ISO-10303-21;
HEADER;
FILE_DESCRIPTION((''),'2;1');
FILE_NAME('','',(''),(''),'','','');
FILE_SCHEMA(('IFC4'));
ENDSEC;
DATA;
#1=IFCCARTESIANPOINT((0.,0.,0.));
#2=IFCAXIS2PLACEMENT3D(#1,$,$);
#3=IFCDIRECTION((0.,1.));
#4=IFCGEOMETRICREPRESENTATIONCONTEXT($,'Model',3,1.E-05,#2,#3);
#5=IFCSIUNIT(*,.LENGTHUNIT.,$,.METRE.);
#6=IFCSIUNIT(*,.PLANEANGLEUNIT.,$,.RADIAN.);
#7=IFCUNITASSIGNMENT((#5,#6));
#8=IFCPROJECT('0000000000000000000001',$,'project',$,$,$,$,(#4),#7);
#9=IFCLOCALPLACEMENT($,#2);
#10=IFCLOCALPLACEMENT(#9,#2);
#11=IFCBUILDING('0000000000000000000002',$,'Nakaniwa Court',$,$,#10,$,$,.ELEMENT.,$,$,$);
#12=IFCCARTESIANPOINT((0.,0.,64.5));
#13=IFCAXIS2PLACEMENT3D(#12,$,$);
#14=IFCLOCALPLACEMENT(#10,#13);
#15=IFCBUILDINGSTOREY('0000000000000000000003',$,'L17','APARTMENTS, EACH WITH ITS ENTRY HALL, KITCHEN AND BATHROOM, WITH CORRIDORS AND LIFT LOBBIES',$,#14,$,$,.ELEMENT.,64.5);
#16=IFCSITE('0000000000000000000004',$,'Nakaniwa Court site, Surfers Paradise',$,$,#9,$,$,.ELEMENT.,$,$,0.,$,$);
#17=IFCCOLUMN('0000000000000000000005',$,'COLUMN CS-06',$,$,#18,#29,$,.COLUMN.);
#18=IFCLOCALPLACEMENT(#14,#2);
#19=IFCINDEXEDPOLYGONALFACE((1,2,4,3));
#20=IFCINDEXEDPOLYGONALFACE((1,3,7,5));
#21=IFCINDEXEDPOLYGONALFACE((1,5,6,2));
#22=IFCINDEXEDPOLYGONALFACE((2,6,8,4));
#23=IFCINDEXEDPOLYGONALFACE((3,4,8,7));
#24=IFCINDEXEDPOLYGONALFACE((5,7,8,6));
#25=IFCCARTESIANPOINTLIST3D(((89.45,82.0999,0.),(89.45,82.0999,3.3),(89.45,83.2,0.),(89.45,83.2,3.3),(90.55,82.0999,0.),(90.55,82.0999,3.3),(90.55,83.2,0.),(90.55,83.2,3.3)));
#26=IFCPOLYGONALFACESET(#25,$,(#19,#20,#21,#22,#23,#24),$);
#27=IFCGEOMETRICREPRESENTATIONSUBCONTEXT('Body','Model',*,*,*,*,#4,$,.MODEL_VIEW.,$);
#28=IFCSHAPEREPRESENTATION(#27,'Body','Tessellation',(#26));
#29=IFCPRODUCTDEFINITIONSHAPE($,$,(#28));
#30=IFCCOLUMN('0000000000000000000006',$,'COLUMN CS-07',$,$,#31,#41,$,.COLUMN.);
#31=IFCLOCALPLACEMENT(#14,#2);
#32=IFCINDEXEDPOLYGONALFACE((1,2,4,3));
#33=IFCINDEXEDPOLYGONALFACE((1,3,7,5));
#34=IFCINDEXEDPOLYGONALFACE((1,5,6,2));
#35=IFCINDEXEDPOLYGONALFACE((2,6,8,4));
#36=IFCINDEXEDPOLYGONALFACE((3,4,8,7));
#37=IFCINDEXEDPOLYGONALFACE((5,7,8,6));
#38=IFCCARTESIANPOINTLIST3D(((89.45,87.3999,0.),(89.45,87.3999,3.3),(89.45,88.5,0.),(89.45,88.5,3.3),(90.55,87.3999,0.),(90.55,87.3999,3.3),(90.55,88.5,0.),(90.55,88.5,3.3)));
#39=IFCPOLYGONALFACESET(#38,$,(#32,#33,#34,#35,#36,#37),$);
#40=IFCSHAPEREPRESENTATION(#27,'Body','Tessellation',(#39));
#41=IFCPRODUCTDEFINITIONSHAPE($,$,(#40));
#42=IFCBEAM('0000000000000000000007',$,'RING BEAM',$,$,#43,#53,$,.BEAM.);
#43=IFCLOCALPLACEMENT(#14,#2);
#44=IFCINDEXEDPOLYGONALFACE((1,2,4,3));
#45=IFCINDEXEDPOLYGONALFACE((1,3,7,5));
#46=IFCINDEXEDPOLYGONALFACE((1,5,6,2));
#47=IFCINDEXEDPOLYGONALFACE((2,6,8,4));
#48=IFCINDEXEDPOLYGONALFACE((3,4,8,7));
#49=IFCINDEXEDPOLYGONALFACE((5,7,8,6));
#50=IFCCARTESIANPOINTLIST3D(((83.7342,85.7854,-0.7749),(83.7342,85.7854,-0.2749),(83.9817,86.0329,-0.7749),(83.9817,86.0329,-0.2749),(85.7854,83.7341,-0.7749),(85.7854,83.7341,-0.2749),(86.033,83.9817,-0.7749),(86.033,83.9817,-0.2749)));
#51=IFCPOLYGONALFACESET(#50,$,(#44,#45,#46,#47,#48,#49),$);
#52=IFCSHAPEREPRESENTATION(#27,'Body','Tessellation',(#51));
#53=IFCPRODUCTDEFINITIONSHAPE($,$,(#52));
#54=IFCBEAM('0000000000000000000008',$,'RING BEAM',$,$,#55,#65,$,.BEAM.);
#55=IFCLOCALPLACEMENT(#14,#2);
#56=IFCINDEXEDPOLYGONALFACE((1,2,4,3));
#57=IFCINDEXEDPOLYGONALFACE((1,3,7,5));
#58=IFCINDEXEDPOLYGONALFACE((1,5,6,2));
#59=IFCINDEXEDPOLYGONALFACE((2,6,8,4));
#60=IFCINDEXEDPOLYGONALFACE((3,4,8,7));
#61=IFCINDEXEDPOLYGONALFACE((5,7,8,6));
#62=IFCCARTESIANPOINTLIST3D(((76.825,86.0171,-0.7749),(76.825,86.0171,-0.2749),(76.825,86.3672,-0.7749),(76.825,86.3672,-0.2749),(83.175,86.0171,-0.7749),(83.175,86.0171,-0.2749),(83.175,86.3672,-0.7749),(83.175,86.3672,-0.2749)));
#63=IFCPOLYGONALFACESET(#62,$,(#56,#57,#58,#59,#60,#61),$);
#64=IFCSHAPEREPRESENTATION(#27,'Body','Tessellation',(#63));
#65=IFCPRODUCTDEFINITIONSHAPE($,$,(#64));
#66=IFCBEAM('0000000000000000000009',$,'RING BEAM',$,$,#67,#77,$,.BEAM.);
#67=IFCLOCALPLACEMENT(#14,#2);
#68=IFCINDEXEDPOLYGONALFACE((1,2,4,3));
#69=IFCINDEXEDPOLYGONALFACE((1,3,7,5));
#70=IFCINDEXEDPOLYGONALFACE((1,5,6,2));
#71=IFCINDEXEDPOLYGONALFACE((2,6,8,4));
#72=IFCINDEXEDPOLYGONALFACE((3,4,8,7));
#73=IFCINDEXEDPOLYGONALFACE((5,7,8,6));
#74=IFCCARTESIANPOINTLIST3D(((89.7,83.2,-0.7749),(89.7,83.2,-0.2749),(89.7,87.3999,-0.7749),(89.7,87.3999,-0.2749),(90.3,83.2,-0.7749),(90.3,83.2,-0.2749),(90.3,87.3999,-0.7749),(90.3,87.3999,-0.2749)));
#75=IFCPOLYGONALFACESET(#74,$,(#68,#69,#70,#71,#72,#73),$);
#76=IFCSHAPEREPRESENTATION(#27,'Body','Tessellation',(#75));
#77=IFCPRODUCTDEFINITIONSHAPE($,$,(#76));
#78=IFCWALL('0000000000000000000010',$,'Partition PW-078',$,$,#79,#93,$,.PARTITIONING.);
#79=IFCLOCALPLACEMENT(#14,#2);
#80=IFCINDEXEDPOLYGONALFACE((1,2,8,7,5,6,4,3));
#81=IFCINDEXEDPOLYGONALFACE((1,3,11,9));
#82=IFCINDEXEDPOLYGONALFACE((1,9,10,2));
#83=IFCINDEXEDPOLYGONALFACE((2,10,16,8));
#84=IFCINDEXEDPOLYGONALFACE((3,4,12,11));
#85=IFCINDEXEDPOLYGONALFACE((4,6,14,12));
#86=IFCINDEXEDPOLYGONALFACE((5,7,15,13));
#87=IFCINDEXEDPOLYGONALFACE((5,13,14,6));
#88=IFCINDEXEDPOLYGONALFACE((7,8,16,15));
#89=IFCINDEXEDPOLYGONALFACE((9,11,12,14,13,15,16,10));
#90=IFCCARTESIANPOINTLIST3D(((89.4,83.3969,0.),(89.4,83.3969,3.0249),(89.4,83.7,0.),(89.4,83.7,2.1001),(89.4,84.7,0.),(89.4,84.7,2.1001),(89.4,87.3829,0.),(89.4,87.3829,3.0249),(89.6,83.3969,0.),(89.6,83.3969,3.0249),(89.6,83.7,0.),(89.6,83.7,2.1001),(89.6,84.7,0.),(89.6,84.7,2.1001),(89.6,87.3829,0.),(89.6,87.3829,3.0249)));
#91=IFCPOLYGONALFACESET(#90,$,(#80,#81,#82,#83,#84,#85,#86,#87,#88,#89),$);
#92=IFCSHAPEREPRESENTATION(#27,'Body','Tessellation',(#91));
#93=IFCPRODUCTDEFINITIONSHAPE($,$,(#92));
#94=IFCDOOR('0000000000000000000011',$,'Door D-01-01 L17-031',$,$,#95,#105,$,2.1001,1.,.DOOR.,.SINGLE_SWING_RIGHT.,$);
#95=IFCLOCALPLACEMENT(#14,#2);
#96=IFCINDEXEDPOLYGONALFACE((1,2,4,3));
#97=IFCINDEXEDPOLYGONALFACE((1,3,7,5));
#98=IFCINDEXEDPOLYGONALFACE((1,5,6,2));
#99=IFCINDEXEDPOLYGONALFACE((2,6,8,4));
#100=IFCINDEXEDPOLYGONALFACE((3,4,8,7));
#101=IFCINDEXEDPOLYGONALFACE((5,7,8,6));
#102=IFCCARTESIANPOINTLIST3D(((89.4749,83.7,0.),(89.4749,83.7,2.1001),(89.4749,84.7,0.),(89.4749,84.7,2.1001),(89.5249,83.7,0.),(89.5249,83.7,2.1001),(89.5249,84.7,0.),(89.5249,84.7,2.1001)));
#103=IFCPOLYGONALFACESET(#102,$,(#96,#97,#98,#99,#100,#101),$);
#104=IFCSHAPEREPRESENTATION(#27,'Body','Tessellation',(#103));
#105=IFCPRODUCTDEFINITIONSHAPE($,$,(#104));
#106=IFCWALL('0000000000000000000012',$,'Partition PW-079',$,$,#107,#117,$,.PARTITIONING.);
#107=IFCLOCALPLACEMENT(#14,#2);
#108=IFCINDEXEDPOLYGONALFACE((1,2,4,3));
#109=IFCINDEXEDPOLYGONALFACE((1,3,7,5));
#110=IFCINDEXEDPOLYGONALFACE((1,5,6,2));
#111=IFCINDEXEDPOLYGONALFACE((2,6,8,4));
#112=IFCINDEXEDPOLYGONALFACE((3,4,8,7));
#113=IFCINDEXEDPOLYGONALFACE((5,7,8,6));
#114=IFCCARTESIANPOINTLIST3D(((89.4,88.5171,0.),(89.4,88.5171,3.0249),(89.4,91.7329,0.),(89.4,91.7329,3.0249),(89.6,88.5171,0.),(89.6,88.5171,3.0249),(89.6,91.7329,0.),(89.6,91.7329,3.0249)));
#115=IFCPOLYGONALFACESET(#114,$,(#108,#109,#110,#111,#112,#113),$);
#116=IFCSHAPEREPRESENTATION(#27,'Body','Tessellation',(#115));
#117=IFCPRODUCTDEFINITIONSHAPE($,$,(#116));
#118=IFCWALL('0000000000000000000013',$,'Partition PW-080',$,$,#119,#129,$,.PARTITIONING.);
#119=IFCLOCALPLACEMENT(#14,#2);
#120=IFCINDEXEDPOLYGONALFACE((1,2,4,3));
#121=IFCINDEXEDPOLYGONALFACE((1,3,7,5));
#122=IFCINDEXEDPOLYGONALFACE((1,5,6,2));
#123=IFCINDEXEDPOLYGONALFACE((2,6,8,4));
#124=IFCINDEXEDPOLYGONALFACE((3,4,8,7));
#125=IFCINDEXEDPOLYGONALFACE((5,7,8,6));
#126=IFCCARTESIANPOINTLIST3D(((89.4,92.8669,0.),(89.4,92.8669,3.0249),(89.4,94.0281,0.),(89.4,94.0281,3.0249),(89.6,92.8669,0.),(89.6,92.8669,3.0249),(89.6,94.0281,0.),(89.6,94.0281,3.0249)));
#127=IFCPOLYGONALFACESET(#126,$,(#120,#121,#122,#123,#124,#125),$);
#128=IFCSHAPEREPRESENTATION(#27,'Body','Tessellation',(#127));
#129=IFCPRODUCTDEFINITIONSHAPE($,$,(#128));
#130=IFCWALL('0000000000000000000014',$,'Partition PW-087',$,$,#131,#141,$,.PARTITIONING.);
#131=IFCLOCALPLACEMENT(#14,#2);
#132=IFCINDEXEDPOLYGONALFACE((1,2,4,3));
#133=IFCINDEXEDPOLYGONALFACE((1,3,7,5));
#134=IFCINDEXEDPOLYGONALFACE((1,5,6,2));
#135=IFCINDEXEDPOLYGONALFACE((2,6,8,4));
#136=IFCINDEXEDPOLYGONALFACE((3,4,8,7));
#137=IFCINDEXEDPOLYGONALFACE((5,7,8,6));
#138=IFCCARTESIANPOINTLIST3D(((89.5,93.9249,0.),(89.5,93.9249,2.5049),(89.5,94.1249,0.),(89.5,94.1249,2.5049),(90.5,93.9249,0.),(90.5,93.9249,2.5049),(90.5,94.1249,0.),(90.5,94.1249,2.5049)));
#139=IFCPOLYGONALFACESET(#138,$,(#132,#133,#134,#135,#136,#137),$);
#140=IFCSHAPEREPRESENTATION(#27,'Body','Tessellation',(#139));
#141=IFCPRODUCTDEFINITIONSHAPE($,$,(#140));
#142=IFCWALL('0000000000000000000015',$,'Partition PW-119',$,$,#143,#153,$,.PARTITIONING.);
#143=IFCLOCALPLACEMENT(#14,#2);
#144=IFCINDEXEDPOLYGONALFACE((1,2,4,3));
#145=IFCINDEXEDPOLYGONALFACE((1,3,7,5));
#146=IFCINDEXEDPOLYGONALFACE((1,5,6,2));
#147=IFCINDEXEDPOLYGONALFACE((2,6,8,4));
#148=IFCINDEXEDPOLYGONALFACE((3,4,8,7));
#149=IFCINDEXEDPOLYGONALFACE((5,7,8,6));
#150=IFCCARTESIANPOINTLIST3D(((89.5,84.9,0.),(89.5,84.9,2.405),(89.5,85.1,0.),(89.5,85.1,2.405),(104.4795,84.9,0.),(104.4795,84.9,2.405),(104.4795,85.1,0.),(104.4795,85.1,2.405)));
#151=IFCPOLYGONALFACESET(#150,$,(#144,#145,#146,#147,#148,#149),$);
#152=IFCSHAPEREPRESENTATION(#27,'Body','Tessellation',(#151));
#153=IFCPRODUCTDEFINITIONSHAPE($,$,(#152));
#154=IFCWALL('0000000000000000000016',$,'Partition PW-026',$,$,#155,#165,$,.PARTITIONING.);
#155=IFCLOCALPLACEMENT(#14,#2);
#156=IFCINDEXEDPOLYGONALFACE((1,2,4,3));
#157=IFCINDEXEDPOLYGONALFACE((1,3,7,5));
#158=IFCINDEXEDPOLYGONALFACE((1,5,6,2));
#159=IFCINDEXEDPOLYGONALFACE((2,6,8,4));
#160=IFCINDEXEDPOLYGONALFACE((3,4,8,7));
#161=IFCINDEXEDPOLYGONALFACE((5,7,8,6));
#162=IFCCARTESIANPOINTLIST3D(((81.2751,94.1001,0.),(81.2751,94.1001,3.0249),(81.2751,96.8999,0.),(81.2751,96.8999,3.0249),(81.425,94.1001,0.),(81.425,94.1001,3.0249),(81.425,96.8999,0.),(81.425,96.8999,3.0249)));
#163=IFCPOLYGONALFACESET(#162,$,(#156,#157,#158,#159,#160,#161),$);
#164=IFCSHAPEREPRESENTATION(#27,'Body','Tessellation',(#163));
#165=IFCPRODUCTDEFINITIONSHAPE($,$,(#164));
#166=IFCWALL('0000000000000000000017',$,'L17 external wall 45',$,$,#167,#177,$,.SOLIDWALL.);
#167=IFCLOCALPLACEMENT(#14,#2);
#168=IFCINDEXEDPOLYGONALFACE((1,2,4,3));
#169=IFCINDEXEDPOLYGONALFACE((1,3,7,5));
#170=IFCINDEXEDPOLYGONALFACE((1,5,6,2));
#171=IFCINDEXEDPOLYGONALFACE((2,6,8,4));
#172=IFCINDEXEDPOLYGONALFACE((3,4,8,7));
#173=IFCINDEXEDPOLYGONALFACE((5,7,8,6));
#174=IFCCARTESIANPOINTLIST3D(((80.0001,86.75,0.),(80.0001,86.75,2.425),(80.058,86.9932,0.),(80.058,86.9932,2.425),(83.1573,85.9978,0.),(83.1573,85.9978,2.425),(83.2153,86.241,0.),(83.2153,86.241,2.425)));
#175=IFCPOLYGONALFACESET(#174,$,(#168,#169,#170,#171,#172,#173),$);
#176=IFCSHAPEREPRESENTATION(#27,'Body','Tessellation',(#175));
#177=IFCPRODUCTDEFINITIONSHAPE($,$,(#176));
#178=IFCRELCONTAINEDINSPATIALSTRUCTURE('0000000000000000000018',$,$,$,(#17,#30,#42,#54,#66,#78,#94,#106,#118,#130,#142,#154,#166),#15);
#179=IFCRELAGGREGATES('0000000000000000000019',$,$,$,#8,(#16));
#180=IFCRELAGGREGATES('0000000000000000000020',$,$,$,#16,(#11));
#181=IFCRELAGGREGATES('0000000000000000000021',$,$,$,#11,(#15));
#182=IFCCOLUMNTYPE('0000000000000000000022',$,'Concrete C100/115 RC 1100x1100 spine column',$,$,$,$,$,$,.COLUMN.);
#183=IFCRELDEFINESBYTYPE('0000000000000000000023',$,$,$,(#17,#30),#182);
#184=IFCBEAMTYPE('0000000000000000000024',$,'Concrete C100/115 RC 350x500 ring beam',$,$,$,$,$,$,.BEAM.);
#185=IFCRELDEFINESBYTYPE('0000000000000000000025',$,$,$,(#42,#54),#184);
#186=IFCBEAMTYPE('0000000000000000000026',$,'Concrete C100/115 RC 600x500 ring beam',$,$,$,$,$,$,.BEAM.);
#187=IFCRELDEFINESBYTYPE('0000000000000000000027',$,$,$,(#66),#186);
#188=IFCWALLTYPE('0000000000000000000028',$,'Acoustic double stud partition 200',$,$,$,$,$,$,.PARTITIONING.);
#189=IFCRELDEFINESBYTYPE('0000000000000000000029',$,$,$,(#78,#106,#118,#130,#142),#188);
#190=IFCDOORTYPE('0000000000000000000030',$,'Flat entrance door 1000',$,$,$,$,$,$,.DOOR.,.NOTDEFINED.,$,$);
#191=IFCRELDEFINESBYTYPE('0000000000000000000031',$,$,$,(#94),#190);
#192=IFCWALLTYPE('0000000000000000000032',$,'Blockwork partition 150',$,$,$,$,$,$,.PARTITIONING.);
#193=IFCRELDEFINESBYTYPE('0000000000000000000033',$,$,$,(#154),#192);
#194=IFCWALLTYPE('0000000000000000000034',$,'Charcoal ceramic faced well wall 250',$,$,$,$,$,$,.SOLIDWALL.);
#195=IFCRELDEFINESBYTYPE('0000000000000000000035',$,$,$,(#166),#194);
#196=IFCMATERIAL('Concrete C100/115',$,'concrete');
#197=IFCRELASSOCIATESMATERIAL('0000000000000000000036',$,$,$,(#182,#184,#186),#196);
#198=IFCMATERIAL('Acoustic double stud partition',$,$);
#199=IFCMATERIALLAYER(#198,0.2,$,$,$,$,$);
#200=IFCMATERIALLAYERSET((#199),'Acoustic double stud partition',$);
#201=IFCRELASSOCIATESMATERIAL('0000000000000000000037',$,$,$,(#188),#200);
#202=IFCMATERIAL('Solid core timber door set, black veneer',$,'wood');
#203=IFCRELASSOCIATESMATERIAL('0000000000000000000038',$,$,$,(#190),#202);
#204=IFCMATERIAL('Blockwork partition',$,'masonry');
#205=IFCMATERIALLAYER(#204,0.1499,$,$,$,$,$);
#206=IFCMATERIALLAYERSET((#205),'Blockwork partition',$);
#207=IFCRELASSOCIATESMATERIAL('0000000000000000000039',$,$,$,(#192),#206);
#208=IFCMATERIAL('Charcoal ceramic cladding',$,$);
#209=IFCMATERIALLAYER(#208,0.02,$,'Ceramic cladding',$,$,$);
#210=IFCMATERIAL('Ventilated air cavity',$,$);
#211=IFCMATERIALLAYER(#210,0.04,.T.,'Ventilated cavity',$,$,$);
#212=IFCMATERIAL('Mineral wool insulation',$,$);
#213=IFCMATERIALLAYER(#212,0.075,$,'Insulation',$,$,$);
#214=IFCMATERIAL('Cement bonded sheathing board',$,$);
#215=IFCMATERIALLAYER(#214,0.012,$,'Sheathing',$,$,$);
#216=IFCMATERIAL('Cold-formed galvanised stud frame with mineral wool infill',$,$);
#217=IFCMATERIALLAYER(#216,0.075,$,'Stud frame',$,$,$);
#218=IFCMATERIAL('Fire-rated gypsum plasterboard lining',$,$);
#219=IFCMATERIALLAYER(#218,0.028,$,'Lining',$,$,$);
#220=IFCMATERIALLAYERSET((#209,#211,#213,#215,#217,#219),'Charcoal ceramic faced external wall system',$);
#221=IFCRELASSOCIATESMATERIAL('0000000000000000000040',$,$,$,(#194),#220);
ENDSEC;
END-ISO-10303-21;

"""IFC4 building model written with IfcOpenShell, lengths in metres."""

from ifc_helpers import new_model, si_unit, direction, frame, frame_2d, origin, origin_2d, place, context, subcontext, project, spatial, rectangle, extrude, material, layer, layer_set, material_profile, profile_set, type_object, element, fill, save


model = new_model("IFC4")

# Units and contexts
model_context = context("Model", 3, precision=1e-05, world=origin(), true_north=direction((0.0, 1.0)))
body_context = subcontext(model_context, "Body", "Model", "MODEL_VIEW")
ifc_project = project(units=[si_unit("LENGTHUNIT", "METRE"), si_unit("PLANEANGLEUNIT", "RADIAN")], contexts=[model_context])

# Site, building, storey
site_placement = place(None, origin())
site = spatial("IfcSite", under=ifc_project, at=site_placement, Name="Nakaniwa Court site, Surfers Paradise", CompositionType="ELEMENT", RefElevation=0.0)
building_placement = place(site_placement, origin())
building = spatial("IfcBuilding", under=site, at=building_placement, Name="Nakaniwa Court", CompositionType="ELEMENT")
storey_placement = place(building_placement, frame((0.0, 0.0, 64.5)))
storey = spatial("IfcBuildingStorey", under=building, at=storey_placement, Name="L17", Description="APARTMENTS, EACH WITH ITS ENTRY HALL, KITCHEN AND BATHROOM, WITH CORRIDORS AND LIFT LOBBIES", CompositionType="ELEMENT", Elevation=64.5)

# Columns
ifc_material_1 = material(Name="Concrete C100/115", Category="concrete")
ifc_material_profile_1 = material_profile(ifc_material_1, rectangle(XDim=1.1001, YDim=1.1001, at=origin_2d()), Name="Concrete C100/115 RC 1100x1100 spine column")
ifc_profile_set_1 = profile_set([ifc_material_profile_1], Name="Concrete C100/115")
column_type_1 = type_object("IfcColumnType", Name="Concrete C100/115 RC 1100x1100 spine column", PredefinedType="COLUMN", material=ifc_profile_set_1)
for number, where, z_axis, x_axis, name in (
    (1, (90.0, 82.6499, 0.0), (0.0, 0.0, 1.0), (0.0, 1.0, 0.0), "COLUMN CS-06"),
    (2, (90.0, 87.95, 0.0), (0.0, 0.0, 1.0), (0.0, 1.0, 0.0), "COLUMN CS-07"),
):
    element("IfcColumn", number, at=place(storey_placement, frame(where, z_axis=z_axis, x_axis=x_axis)), inside=storey, type_object=column_type_1, Name=name, PredefinedType="COLUMN", context=body_context, shape_type="SweptSolid", body=[
        extrude(rectangle(XDim=1.1001, YDim=1.1001, at=origin_2d()), origin(), (0.0, 0.0, 1.0), 3.3),
    ])

# Beams
ifc_material_profile_2 = material_profile(ifc_material_1, rectangle(XDim=0.3501, YDim=0.5, at=origin_2d()), Name="Concrete C100/115 RC 350x500 ring beam")
ifc_profile_set_2 = profile_set([ifc_material_profile_2], Name="Concrete C100/115")
beam_type_1 = type_object("IfcBeamType", Name="Concrete C100/115 RC 350x500 ring beam", PredefinedType="BEAM", material=ifc_profile_set_2)
beam_1_placement = place(storey_placement, frame((85.9092, 83.8579, -0.5249), z_axis=(-0.707107, 0.707107, 0.0), x_axis=(-0.707107, -0.707107, 0.0)))
element("IfcBeam", 3, at=beam_1_placement, inside=storey, type_object=beam_type_1, Name="RING BEAM", PredefinedType="BEAM", context=body_context, shape_type="SweptSolid", body=[
    extrude(rectangle(XDim=0.3501, YDim=0.5, at=origin_2d()), origin(), (0.0, 0.0, 1.0), 2.9009),
])
beam_2_placement = place(storey_placement, frame((83.175, 86.1921, -0.5249), z_axis=(-1.0, 0.0, 0.0), x_axis=(0.0, -1.0, 0.0)))
element("IfcBeam", 4, at=beam_2_placement, inside=storey, type_object=beam_type_1, Name="RING BEAM", PredefinedType="BEAM", context=body_context, shape_type="SweptSolid", body=[
    extrude(rectangle(XDim=0.3501, YDim=0.5, at=origin_2d()), origin(), (0.0, 0.0, 1.0), 6.3501),
])
ifc_material_profile_3 = material_profile(ifc_material_1, rectangle(XDim=0.6001, YDim=0.5, at=origin_2d()), Name="Concrete C100/115 RC 600x500 ring beam")
ifc_profile_set_3 = profile_set([ifc_material_profile_3], Name="Concrete C100/115")
beam_type_2 = type_object("IfcBeamType", Name="Concrete C100/115 RC 600x500 ring beam", PredefinedType="BEAM", material=ifc_profile_set_3)
beam_3_placement = place(storey_placement, frame((90.0, 83.2, -0.5249), z_axis=(0.0, 1.0, 0.0), x_axis=(-1.0, 0.0, 0.0)))
element("IfcBeam", 5, at=beam_3_placement, inside=storey, type_object=beam_type_2, Name="RING BEAM", PredefinedType="BEAM", context=body_context, shape_type="SweptSolid", body=[
    extrude(rectangle(XDim=0.6001, YDim=0.5, at=origin_2d()), origin(), (0.0, 0.0, 1.0), 4.2),
])

# Wall, opening, door
ifc_material_2 = material(Name="Acoustic double stud partition")
ifc_layer_1 = layer(ifc_material_2, 0.2)
ifc_layer_set_1 = layer_set([ifc_layer_1], Name="Acoustic double stud partition")
wall_type_1 = type_object("IfcWallType", Name="Acoustic double stud partition 200", PredefinedType="PARTITIONING", material=ifc_layer_set_1)
wall_1_placement = place(storey_placement, frame((89.5, 87.3831, 0.0), z_axis=(0.0, 0.0, 1.0), x_axis=(0.0, -1.0, 0.0)))
wall_1 = element("IfcWall", 6, at=wall_1_placement, inside=storey, type_object=wall_type_1, Name="Partition PW-078", PredefinedType="PARTITIONING", context=body_context, shape_type="SweptSolid", body=[
    extrude(rectangle(XDim=3.9861, YDim=0.2, at=frame_2d((1.9932, 0.0))), origin(), (0.0, 0.0, 1.0), 3.0249),
])
opening_1_placement = place(wall_1_placement, frame((2.6831, 0.0, 0.0)))
opening_1 = element("IfcOpeningElement", 7, at=opening_1_placement, cuts=wall_1, PredefinedType="OPENING", context=body_context, shape_type="SweptSolid", body=[
    extrude(rectangle(XDim=1.0, YDim=2.1001, at=frame_2d((0.5, 1.05))), frame((0.0, 0.1099, 0.0), z_axis=(0.0, -1.0, 0.0), x_axis=(1.0, 0.0, 0.0)), (0.0, 0.0, 1.0), 0.22),
])
ifc_material_3 = material(Name="Solid core timber door set, black veneer", Category="wood")
door_type_1 = type_object("IfcDoorType", Name="Flat entrance door 1000", OperationType="NOTDEFINED", PredefinedType="DOOR", material=ifc_material_3)
door_1_placement = place(opening_1_placement, origin())
door_1 = element("IfcDoor", 8, at=door_1_placement, inside=storey, type_object=door_type_1, Name="Door D-01-01 L17-031", OperationType="SINGLE_SWING_RIGHT", OverallHeight=2.1001, OverallWidth=1.0, PredefinedType="DOOR", context=body_context, shape_type="SweptSolid", body=[
    extrude(rectangle(XDim=1.0, YDim=2.1001, at=frame_2d((0.5, 1.05))), frame((0.0, 0.0249, 0.0), z_axis=(0.0, -1.0, 0.0), x_axis=(1.0, 0.0, 0.0)), (0.0, 0.0, 1.0), 0.05),
])
fill(opening_1, door_1)

# Walls
wall_2_placement = place(storey_placement, frame((89.5, 88.5171, 0.0), z_axis=(0.0, 0.0, 1.0), x_axis=(0.0, 1.0, 0.0)))
element("IfcWall", 9, at=wall_2_placement, inside=storey, type_object=wall_type_1, Name="Partition PW-079", PredefinedType="PARTITIONING", context=body_context, shape_type="SweptSolid", body=[
    extrude(rectangle(XDim=3.2158, YDim=0.2, at=frame_2d((1.6079, 0.0))), origin(), (0.0, 0.0, 1.0), 3.0249),
])
wall_3_placement = place(storey_placement, frame((89.5, 92.8669, 0.0), z_axis=(0.0, 0.0, 1.0), x_axis=(0.0, 1.0, 0.0)))
element("IfcWall", 10, at=wall_3_placement, inside=storey, type_object=wall_type_1, Name="Partition PW-080", PredefinedType="PARTITIONING", context=body_context, shape_type="SweptSolid", body=[
    extrude(rectangle(XDim=1.1611, YDim=0.2, at=frame_2d((0.5806, 0.0))), origin(), (0.0, 0.0, 1.0), 3.0249),
])
wall_4_placement = place(storey_placement, frame((89.5, 94.0249, 0.0), z_axis=(0.0, 0.0, 1.0), x_axis=(1.0, 0.0, 0.0)))
element("IfcWall", 11, at=wall_4_placement, inside=storey, type_object=wall_type_1, Name="Partition PW-087", PredefinedType="PARTITIONING", context=body_context, shape_type="SweptSolid", body=[
    extrude(rectangle(XDim=1.0, YDim=0.2, at=frame_2d((0.5, 0.0))), origin(), (0.0, 0.0, 1.0), 2.5049),
])
wall_5_placement = place(storey_placement, frame((89.5, 85.0, 0.0), z_axis=(0.0, 0.0, 1.0), x_axis=(1.0, 0.0, 0.0)))
element("IfcWall", 12, at=wall_5_placement, inside=storey, type_object=wall_type_1, Name="Partition PW-119", PredefinedType="PARTITIONING", context=body_context, shape_type="SweptSolid", body=[
    extrude(rectangle(XDim=14.9795, YDim=0.2, at=frame_2d((7.4897, 0.0))), origin(), (0.0, 0.0, 1.0), 2.405),
])
ifc_material_4 = material(Name="Blockwork partition", Category="masonry")
ifc_layer_2 = layer(ifc_material_4, 0.1499)
ifc_layer_set_2 = layer_set([ifc_layer_2], Name="Blockwork partition")
wall_type_2 = type_object("IfcWallType", Name="Blockwork partition 150", PredefinedType="PARTITIONING", material=ifc_layer_set_2)
wall_6_placement = place(storey_placement, frame((81.3501, 94.1001, 0.0), z_axis=(0.0, 0.0, 1.0), x_axis=(0.0, 1.0, 0.0)))
element("IfcWall", 13, at=wall_6_placement, inside=storey, type_object=wall_type_2, Name="Partition PW-026", PredefinedType="PARTITIONING", context=body_context, shape_type="SweptSolid", body=[
    extrude(rectangle(XDim=2.7998, YDim=0.1499, at=frame_2d((1.3999, 0.0))), origin(), (0.0, 0.0, 1.0), 3.0249),
])
ifc_material_5 = material(Name="Charcoal ceramic cladding")
ifc_layer_3 = layer(ifc_material_5, 0.02, Name="Ceramic cladding")
ifc_material_6 = material(Name="Ventilated air cavity")
ifc_layer_4 = layer(ifc_material_6, 0.04, ventilated=True, Name="Ventilated cavity")
ifc_material_7 = material(Name="Mineral wool insulation")
ifc_layer_5 = layer(ifc_material_7, 0.075, Name="Insulation")
ifc_material_8 = material(Name="Cement bonded sheathing board")
ifc_layer_6 = layer(ifc_material_8, 0.012, Name="Sheathing")
ifc_material_9 = material(Name="Cold-formed galvanised stud frame with mineral wool infill")
ifc_layer_7 = layer(ifc_material_9, 0.075, Name="Stud frame")
ifc_material_10 = material(Name="Fire-rated gypsum plasterboard lining")
ifc_layer_8 = layer(ifc_material_10, 0.028, Name="Lining")
ifc_layer_set_3 = layer_set([ifc_layer_3, ifc_layer_4, ifc_layer_5, ifc_layer_6, ifc_layer_7, ifc_layer_8], Name="Charcoal ceramic faced external wall system")
wall_type_3 = type_object("IfcWallType", Name="Charcoal ceramic faced well wall 250", PredefinedType="SOLIDWALL", material=ifc_layer_set_3)
wall_7_placement = place(storey_placement, frame((80.0291, 86.8716, 0.0), z_axis=(0.0, 0.0, 1.0), x_axis=(0.972773, -0.23176, 0.0)))
element("IfcWall", 14, at=wall_7_placement, inside=storey, type_object=wall_type_3, Name="L17 external wall 45", PredefinedType="SOLIDWALL", context=body_context, shape_type="SweptSolid", body=[
    extrude(rectangle(XDim=3.2456, YDim=0.25, at=frame_2d((1.6228, 0.0))), origin(), (0.0, 0.0, 1.0), 2.425),
])

save(model, "model.ifc")
